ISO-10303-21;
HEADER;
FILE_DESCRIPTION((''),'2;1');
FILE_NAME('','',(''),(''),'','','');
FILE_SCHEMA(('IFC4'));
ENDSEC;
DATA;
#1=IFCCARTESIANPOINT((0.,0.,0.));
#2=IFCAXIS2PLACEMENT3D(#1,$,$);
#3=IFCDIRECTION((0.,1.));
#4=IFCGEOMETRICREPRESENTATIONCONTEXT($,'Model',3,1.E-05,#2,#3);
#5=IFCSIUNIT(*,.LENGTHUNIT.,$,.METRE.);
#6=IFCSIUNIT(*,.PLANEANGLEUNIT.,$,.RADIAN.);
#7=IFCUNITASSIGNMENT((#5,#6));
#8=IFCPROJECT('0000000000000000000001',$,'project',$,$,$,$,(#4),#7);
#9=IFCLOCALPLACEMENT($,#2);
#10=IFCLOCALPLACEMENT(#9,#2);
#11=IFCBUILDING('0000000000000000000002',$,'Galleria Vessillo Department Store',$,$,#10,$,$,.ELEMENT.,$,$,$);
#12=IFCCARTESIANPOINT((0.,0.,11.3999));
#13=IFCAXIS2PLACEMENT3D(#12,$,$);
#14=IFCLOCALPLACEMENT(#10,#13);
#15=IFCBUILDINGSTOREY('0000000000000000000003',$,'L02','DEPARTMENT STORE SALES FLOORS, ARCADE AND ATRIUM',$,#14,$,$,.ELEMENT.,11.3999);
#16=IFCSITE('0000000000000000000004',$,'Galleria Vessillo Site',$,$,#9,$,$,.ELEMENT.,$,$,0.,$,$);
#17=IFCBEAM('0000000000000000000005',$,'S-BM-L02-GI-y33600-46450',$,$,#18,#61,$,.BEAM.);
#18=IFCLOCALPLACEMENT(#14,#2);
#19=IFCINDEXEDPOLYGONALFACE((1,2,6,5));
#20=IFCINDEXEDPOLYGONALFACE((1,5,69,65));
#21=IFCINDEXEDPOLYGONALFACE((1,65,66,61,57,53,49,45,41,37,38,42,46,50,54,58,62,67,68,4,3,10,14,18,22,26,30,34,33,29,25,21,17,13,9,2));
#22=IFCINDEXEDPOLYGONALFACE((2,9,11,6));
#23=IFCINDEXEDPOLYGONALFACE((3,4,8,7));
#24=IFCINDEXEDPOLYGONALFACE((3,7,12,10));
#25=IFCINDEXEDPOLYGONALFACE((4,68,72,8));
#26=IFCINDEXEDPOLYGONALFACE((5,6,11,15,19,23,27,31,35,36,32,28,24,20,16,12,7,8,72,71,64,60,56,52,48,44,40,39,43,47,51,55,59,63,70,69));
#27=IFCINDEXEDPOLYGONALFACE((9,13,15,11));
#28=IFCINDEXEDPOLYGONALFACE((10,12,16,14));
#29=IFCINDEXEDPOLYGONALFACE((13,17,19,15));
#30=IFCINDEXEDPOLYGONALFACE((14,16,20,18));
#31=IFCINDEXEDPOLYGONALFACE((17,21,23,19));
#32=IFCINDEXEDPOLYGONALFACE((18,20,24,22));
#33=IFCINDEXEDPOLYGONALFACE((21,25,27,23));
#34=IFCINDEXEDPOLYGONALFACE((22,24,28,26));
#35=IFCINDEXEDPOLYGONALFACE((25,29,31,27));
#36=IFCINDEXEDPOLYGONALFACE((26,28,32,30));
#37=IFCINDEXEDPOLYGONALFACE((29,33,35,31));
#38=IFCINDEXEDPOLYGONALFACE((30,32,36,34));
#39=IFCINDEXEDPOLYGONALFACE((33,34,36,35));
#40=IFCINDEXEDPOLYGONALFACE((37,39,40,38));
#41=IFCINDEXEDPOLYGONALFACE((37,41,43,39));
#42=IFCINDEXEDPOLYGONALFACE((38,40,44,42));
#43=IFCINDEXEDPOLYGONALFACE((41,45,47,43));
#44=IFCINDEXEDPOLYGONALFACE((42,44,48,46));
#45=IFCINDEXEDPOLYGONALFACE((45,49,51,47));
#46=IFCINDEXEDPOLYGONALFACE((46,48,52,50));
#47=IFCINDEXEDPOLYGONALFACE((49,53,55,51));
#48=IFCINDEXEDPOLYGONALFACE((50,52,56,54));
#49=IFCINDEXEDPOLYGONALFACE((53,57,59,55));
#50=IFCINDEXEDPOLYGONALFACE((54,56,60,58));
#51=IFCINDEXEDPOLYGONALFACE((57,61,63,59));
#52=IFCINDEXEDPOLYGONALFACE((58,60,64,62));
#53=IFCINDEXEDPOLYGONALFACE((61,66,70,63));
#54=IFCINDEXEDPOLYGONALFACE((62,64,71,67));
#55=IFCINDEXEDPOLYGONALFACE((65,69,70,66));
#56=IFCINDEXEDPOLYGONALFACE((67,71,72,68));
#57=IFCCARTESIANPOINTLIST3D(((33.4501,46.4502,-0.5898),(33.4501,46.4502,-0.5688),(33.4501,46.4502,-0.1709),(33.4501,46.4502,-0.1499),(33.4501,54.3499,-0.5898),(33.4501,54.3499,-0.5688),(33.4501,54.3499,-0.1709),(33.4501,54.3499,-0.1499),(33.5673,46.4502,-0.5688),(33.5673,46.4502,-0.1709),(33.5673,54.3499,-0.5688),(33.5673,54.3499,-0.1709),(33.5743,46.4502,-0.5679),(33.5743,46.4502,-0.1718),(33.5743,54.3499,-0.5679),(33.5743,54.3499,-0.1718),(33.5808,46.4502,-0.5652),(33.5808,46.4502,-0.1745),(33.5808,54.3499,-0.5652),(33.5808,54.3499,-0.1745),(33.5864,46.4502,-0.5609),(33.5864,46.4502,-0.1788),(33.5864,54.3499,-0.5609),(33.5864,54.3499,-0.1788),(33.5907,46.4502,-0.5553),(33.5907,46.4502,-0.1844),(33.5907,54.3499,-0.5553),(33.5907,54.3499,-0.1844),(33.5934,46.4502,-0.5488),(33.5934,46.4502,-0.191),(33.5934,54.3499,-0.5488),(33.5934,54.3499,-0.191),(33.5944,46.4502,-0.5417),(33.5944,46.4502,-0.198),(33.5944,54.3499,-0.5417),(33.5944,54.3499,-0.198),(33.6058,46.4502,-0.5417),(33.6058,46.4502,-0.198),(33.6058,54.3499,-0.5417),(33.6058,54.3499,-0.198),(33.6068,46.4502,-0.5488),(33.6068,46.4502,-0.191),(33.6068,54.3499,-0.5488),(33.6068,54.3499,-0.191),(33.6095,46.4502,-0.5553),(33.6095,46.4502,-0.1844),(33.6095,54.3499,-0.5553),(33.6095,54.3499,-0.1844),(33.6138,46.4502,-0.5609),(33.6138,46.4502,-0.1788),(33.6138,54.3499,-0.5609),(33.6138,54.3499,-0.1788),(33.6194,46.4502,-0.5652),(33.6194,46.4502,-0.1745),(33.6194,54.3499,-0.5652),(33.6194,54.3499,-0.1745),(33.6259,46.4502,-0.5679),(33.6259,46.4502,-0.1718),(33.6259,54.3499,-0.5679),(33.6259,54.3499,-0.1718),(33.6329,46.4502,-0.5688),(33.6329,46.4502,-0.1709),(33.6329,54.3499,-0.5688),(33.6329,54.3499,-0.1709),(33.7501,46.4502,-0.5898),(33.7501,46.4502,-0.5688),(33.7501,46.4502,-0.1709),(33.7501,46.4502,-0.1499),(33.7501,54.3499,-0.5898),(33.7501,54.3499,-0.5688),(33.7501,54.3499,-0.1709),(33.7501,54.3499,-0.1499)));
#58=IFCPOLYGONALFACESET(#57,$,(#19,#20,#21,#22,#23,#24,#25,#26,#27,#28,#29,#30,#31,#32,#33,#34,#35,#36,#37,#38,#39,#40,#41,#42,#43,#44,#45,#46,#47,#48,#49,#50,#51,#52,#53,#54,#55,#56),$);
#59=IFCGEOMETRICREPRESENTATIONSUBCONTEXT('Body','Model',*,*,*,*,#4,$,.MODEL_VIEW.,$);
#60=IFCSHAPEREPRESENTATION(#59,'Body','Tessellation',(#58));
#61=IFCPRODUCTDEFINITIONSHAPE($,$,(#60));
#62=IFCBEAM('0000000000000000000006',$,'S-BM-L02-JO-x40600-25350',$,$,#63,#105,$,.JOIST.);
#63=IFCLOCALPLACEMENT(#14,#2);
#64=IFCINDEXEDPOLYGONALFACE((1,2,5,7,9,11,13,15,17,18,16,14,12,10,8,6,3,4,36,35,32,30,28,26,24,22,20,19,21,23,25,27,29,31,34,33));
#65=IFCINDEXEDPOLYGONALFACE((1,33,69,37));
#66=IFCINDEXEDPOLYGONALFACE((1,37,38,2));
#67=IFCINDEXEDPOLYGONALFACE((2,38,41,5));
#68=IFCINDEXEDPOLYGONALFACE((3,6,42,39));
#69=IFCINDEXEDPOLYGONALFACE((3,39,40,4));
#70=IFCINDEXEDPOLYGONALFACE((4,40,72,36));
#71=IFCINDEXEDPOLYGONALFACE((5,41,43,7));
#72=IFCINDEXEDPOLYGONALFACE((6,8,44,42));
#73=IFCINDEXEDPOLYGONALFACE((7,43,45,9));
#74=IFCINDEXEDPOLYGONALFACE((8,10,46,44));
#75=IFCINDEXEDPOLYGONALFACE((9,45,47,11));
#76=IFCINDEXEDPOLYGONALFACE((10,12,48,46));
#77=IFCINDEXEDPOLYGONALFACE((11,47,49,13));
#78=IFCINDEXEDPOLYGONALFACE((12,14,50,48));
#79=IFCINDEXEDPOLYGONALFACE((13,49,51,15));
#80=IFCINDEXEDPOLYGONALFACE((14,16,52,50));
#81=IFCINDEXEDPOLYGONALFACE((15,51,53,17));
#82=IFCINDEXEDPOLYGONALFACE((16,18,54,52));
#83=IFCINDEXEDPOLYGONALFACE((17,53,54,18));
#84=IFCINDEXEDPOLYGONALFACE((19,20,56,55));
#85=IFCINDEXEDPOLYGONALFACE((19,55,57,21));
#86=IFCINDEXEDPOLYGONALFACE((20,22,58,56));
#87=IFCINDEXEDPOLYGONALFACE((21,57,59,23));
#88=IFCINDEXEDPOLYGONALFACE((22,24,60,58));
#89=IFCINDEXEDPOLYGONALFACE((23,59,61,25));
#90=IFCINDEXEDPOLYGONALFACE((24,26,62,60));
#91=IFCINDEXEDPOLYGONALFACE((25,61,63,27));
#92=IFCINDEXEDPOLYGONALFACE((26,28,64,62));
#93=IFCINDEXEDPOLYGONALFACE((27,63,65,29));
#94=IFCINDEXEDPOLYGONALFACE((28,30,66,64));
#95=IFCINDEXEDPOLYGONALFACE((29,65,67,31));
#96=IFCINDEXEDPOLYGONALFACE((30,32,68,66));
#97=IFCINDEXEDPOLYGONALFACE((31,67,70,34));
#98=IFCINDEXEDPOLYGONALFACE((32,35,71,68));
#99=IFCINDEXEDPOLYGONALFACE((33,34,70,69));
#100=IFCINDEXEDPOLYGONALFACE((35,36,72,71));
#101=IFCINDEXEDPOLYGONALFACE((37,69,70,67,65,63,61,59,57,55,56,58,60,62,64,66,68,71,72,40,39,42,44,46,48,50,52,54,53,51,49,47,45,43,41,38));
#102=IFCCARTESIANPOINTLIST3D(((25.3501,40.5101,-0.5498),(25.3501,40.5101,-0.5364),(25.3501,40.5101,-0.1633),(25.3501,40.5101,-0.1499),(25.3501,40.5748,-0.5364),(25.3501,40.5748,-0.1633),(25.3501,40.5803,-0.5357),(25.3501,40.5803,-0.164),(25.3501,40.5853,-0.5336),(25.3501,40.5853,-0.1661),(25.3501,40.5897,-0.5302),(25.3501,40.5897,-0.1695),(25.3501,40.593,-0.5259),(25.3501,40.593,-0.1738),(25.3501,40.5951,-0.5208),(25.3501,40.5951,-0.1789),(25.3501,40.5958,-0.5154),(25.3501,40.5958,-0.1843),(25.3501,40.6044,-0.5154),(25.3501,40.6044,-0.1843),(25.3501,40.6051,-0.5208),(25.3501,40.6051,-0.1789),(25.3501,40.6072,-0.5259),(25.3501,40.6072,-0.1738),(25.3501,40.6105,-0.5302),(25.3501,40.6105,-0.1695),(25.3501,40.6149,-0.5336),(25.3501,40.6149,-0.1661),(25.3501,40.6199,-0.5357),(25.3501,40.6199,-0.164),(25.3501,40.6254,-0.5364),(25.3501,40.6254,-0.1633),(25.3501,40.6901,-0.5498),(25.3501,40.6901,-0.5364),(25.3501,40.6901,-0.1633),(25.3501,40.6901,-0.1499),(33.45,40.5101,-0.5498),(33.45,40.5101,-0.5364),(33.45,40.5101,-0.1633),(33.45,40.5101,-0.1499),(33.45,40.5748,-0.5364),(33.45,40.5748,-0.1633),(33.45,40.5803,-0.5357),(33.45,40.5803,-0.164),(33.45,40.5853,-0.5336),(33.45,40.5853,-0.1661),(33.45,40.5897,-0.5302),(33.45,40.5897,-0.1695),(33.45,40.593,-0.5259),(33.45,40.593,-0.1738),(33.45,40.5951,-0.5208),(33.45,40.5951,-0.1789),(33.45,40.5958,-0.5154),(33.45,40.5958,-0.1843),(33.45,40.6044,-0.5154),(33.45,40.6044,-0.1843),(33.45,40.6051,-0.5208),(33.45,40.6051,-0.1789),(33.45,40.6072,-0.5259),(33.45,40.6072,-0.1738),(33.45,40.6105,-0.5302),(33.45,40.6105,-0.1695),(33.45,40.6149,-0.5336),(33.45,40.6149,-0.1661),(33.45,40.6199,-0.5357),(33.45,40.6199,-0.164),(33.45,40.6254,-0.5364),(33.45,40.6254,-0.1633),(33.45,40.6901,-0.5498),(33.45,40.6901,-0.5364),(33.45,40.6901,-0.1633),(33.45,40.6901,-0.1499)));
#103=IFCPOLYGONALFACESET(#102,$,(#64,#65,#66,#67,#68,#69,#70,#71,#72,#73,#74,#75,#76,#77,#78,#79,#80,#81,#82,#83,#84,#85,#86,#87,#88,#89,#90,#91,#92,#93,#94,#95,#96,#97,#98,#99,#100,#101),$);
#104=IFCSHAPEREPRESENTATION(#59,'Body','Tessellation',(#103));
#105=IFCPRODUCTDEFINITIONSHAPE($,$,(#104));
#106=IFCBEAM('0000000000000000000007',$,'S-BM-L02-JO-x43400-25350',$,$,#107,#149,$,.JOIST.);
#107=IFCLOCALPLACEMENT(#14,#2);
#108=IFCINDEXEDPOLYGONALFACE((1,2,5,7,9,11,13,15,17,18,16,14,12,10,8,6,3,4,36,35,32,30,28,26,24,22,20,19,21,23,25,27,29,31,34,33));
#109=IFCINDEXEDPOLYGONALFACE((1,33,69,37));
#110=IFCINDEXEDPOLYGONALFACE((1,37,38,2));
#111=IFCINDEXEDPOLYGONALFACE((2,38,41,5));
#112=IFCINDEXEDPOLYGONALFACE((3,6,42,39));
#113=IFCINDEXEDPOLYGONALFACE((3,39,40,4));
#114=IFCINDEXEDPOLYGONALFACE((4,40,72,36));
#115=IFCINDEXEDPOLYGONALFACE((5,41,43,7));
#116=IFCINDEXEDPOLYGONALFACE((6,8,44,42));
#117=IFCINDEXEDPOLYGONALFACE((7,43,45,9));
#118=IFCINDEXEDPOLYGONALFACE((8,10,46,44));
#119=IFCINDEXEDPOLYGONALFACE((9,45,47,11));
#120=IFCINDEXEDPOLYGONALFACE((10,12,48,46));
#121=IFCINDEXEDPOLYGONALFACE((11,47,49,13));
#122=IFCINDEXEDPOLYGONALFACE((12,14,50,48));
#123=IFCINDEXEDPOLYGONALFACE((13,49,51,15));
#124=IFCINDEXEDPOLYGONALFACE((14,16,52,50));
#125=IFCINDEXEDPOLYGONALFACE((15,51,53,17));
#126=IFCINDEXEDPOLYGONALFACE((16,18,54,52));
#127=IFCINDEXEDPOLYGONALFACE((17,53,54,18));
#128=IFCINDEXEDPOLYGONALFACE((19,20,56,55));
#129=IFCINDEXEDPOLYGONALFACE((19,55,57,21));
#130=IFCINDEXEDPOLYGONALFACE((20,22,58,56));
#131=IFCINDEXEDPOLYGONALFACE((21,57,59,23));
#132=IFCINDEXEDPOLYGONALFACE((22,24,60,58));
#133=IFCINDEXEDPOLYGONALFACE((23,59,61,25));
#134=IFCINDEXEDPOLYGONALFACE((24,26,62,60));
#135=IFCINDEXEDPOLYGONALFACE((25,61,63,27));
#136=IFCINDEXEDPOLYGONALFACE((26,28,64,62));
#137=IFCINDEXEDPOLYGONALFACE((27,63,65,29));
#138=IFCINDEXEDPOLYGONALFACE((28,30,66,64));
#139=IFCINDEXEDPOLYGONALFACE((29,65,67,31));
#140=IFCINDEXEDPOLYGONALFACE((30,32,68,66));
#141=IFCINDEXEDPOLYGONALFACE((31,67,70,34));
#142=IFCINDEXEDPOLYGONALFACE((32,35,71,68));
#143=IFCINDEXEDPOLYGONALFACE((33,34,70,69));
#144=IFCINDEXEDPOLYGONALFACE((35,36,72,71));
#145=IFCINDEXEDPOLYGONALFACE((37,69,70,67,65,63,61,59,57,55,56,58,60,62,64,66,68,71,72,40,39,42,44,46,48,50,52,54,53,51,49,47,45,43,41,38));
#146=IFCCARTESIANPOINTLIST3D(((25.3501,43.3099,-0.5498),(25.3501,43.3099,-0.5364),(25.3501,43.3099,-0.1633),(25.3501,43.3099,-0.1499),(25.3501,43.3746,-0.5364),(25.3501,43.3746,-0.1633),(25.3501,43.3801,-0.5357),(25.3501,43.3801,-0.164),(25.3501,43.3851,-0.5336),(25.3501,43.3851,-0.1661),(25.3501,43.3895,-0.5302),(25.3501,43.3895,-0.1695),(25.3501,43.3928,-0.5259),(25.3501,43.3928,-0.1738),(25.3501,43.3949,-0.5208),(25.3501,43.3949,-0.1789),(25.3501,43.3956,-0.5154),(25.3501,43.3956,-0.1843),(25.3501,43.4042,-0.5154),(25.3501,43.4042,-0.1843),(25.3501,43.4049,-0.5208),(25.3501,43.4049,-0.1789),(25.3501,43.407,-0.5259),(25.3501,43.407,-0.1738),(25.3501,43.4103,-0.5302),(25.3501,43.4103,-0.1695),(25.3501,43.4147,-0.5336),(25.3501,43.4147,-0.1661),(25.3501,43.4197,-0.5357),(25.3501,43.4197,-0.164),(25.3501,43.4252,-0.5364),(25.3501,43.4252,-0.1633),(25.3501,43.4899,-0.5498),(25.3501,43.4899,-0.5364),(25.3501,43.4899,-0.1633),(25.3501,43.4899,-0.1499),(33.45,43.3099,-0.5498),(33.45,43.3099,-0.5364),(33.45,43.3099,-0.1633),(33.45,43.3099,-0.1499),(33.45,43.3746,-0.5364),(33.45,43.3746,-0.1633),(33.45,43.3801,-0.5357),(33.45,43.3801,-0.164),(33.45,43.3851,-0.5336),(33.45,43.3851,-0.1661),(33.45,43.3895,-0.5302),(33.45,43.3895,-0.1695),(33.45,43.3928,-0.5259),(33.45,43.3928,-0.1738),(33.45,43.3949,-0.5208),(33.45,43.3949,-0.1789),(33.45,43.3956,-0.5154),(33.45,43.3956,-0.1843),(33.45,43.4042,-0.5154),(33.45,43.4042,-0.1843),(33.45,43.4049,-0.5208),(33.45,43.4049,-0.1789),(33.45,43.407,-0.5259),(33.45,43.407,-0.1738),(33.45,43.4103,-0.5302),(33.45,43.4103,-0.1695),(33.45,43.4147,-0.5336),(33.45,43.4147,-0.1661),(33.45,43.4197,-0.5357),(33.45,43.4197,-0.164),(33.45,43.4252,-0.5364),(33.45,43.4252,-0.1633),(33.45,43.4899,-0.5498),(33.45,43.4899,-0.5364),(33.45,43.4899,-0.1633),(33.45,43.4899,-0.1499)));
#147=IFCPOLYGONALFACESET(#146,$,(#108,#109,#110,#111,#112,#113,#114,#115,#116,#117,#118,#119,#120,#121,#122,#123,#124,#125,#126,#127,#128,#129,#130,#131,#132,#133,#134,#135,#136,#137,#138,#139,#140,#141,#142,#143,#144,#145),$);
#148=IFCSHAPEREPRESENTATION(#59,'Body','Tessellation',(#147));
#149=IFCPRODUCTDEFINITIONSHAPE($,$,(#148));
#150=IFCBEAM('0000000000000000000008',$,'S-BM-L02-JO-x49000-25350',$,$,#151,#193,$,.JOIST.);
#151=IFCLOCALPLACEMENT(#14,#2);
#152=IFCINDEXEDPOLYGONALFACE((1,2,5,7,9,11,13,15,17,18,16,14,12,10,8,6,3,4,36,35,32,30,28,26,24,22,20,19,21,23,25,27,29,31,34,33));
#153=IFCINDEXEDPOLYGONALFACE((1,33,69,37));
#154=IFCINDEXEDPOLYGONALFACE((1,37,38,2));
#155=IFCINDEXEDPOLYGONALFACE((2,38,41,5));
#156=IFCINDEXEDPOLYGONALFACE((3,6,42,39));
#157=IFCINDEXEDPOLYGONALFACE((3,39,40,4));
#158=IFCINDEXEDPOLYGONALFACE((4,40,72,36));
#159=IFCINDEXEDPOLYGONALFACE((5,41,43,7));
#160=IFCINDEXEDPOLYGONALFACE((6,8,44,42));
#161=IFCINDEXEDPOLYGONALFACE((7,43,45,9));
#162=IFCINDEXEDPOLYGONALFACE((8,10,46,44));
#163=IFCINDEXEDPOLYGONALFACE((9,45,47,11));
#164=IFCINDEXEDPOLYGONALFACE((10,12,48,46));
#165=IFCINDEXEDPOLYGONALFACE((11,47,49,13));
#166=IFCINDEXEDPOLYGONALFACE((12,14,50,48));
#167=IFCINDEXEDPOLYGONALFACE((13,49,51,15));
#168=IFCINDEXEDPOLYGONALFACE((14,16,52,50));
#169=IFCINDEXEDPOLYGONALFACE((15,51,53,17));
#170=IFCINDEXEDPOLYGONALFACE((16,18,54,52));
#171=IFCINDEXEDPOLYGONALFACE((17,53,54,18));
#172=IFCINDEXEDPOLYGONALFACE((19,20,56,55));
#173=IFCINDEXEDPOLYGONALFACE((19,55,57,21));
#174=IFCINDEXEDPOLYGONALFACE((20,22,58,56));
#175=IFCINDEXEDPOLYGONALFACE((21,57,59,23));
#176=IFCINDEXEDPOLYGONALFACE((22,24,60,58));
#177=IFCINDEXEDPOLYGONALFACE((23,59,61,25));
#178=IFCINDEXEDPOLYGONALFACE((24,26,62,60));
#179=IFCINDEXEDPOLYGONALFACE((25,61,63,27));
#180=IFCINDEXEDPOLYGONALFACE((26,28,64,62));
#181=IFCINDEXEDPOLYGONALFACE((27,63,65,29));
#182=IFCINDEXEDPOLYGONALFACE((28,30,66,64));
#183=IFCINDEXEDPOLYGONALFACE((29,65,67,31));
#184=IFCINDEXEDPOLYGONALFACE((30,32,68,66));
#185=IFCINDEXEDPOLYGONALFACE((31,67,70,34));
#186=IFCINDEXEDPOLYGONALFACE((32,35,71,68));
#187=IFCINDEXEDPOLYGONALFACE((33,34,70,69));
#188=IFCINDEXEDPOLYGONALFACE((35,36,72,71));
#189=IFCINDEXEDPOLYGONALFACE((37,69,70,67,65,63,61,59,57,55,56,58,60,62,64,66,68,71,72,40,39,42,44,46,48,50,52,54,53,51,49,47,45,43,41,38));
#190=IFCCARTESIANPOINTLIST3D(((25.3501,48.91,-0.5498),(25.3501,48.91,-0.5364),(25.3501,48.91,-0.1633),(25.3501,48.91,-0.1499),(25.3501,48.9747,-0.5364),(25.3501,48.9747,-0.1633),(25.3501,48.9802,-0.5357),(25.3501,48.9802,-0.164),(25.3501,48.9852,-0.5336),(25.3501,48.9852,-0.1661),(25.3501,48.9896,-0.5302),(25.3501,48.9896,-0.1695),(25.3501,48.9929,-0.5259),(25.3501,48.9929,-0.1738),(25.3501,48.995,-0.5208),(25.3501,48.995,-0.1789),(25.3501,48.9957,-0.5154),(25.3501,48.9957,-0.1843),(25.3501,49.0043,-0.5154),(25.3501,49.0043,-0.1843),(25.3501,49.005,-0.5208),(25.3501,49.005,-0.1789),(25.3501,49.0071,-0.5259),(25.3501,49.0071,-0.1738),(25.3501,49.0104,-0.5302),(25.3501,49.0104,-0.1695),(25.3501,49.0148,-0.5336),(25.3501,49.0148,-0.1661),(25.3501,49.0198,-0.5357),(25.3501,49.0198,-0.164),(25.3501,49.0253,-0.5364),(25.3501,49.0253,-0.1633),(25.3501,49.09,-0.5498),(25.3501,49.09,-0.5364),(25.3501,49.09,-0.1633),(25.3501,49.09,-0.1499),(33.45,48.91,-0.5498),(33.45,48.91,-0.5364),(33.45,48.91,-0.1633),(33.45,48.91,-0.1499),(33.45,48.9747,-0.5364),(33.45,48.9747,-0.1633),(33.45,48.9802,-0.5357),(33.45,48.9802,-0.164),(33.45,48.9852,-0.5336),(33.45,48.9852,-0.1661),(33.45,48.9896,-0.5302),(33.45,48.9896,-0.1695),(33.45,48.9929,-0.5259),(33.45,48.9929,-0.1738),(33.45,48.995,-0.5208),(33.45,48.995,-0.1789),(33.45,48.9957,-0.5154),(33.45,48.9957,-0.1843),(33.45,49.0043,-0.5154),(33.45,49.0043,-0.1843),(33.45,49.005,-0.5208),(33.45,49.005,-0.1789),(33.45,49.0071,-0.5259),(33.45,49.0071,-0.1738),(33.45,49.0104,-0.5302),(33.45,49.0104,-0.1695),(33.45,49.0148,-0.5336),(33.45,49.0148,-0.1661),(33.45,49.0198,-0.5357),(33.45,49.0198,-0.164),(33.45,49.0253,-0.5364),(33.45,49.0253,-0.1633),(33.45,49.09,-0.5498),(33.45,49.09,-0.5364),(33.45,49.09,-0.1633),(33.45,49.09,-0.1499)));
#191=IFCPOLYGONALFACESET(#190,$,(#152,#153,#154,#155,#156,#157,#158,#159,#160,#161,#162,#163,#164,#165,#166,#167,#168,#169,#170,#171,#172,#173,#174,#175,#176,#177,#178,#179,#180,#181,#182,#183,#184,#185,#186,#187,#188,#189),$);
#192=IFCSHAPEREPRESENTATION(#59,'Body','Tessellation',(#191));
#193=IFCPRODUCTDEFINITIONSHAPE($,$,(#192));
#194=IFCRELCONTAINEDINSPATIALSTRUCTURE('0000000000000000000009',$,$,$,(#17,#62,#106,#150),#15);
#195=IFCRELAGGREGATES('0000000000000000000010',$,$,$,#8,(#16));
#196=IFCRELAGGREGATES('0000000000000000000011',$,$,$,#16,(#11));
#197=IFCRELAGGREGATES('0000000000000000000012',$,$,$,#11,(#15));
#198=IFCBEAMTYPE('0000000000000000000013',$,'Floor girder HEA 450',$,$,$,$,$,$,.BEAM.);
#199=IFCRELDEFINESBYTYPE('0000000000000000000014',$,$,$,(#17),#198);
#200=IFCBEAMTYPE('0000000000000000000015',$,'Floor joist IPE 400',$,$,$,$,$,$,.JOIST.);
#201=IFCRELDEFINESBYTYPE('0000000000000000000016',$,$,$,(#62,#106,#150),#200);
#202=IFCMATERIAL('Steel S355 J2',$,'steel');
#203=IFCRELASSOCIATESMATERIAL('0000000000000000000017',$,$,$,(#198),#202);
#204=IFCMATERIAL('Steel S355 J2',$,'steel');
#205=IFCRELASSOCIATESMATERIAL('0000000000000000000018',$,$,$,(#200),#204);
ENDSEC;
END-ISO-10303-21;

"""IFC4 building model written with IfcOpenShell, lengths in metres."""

from ifc_helpers import new_model, si_unit, direction, frame, origin, origin_2d, place, context, subcontext, project, spatial, i_section, extrude, material, material_profile, profile_set, type_object, element, save


model = new_model("IFC4")

# Units and contexts
model_context = context("Model", 3, precision=1e-05, world=origin(), true_north=direction((0.0, 1.0)))
body_context = subcontext(model_context, "Body", "Model", "MODEL_VIEW")
ifc_project = project(units=[si_unit("LENGTHUNIT", "METRE"), si_unit("PLANEANGLEUNIT", "RADIAN")], contexts=[model_context])

# Site, building, storey
site_placement = place(None, origin())
site = spatial("IfcSite", under=ifc_project, at=site_placement, Name="Galleria Vessillo Site", CompositionType="ELEMENT", RefElevation=0.0)
building_placement = place(site_placement, origin())
building = spatial("IfcBuilding", under=site, at=building_placement, Name="Galleria Vessillo Department Store", CompositionType="ELEMENT")
storey_placement = place(building_placement, frame((0.0, 0.0, 11.3999)))
storey = spatial("IfcBuildingStorey", under=building, at=storey_placement, Name="L02", Description="DEPARTMENT STORE SALES FLOORS, ARCADE AND ATRIUM", CompositionType="ELEMENT", Elevation=11.3999)

# Beams
ifc_material_1 = material(Name="Steel S355 J2", Category="steel")
ifc_material_profile_1 = material_profile(ifc_material_1, i_section(OverallWidth=0.3, OverallDepth=0.4399, WebThickness=0.0115, FlangeThickness=0.021, FilletRadius=0.0271, at=origin_2d()), Name="HEA 450")
ifc_profile_set_1 = profile_set([ifc_material_profile_1], Name="Steel S355 J2")
beam_type_1 = type_object("IfcBeamType", Name="Floor girder HEA 450", PredefinedType="BEAM", material=ifc_profile_set_1)
beam_1_placement = place(storey_placement, frame((33.6001, 46.4502, -0.3699), z_axis=(0.0, 1.0, 0.0), x_axis=(-1.0, 0.0, 0.0)))
element("IfcBeam", 1, at=beam_1_placement, inside=storey, type_object=beam_type_1, Name="S-BM-L02-GI-y33600-46450", PredefinedType="BEAM", context=body_context, shape_type="SweptSolid", body=[
    extrude(i_section(OverallWidth=0.3, OverallDepth=0.4399, WebThickness=0.0115, FlangeThickness=0.021, FilletRadius=0.0271, at=origin_2d()), origin(), (0.0, 0.0, 1.0), 7.8997),
])
ifc_material_2 = material(Name="Steel S355 J2", Category="steel")
ifc_material_profile_2 = material_profile(ifc_material_2, i_section(OverallWidth=0.1799, OverallDepth=0.3999, WebThickness=0.0085, FlangeThickness=0.0134, FilletRadius=0.021, at=origin_2d()), Name="IPE 400")
ifc_profile_set_2 = profile_set([ifc_material_profile_2], Name="Steel S355 J2")
beam_type_2 = type_object("IfcBeamType", Name="Floor joist IPE 400", PredefinedType="JOIST", material=ifc_profile_set_2)
for number, where, z_axis, x_axis, name in (
    (2, (25.3501, 40.6001, -0.3499), (1.0, 0.0, 0.0), (0.0, 1.0, 0.0), "S-BM-L02-JO-x40600-25350"),
    (3, (25.3501, 43.3999, -0.3499), (1.0, 0.0, 0.0), (0.0, 1.0, 0.0), "S-BM-L02-JO-x43400-25350"),
    (4, (25.3501, 49.0, -0.3499), (1.0, 0.0, 0.0), (0.0, 1.0, 0.0), "S-BM-L02-JO-x49000-25350"),
):
    element("IfcBeam", number, at=place(storey_placement, frame(where, z_axis=z_axis, x_axis=x_axis)), inside=storey, type_object=beam_type_2, Name=name, PredefinedType="JOIST", context=body_context, shape_type="SweptSolid", body=[
        extrude(i_section(OverallWidth=0.1799, OverallDepth=0.3999, WebThickness=0.0085, FlangeThickness=0.0134, FilletRadius=0.021, at=origin_2d()), origin(), (0.0, 0.0, 1.0), 8.0999),
    ])

save(model, "model.ifc")
